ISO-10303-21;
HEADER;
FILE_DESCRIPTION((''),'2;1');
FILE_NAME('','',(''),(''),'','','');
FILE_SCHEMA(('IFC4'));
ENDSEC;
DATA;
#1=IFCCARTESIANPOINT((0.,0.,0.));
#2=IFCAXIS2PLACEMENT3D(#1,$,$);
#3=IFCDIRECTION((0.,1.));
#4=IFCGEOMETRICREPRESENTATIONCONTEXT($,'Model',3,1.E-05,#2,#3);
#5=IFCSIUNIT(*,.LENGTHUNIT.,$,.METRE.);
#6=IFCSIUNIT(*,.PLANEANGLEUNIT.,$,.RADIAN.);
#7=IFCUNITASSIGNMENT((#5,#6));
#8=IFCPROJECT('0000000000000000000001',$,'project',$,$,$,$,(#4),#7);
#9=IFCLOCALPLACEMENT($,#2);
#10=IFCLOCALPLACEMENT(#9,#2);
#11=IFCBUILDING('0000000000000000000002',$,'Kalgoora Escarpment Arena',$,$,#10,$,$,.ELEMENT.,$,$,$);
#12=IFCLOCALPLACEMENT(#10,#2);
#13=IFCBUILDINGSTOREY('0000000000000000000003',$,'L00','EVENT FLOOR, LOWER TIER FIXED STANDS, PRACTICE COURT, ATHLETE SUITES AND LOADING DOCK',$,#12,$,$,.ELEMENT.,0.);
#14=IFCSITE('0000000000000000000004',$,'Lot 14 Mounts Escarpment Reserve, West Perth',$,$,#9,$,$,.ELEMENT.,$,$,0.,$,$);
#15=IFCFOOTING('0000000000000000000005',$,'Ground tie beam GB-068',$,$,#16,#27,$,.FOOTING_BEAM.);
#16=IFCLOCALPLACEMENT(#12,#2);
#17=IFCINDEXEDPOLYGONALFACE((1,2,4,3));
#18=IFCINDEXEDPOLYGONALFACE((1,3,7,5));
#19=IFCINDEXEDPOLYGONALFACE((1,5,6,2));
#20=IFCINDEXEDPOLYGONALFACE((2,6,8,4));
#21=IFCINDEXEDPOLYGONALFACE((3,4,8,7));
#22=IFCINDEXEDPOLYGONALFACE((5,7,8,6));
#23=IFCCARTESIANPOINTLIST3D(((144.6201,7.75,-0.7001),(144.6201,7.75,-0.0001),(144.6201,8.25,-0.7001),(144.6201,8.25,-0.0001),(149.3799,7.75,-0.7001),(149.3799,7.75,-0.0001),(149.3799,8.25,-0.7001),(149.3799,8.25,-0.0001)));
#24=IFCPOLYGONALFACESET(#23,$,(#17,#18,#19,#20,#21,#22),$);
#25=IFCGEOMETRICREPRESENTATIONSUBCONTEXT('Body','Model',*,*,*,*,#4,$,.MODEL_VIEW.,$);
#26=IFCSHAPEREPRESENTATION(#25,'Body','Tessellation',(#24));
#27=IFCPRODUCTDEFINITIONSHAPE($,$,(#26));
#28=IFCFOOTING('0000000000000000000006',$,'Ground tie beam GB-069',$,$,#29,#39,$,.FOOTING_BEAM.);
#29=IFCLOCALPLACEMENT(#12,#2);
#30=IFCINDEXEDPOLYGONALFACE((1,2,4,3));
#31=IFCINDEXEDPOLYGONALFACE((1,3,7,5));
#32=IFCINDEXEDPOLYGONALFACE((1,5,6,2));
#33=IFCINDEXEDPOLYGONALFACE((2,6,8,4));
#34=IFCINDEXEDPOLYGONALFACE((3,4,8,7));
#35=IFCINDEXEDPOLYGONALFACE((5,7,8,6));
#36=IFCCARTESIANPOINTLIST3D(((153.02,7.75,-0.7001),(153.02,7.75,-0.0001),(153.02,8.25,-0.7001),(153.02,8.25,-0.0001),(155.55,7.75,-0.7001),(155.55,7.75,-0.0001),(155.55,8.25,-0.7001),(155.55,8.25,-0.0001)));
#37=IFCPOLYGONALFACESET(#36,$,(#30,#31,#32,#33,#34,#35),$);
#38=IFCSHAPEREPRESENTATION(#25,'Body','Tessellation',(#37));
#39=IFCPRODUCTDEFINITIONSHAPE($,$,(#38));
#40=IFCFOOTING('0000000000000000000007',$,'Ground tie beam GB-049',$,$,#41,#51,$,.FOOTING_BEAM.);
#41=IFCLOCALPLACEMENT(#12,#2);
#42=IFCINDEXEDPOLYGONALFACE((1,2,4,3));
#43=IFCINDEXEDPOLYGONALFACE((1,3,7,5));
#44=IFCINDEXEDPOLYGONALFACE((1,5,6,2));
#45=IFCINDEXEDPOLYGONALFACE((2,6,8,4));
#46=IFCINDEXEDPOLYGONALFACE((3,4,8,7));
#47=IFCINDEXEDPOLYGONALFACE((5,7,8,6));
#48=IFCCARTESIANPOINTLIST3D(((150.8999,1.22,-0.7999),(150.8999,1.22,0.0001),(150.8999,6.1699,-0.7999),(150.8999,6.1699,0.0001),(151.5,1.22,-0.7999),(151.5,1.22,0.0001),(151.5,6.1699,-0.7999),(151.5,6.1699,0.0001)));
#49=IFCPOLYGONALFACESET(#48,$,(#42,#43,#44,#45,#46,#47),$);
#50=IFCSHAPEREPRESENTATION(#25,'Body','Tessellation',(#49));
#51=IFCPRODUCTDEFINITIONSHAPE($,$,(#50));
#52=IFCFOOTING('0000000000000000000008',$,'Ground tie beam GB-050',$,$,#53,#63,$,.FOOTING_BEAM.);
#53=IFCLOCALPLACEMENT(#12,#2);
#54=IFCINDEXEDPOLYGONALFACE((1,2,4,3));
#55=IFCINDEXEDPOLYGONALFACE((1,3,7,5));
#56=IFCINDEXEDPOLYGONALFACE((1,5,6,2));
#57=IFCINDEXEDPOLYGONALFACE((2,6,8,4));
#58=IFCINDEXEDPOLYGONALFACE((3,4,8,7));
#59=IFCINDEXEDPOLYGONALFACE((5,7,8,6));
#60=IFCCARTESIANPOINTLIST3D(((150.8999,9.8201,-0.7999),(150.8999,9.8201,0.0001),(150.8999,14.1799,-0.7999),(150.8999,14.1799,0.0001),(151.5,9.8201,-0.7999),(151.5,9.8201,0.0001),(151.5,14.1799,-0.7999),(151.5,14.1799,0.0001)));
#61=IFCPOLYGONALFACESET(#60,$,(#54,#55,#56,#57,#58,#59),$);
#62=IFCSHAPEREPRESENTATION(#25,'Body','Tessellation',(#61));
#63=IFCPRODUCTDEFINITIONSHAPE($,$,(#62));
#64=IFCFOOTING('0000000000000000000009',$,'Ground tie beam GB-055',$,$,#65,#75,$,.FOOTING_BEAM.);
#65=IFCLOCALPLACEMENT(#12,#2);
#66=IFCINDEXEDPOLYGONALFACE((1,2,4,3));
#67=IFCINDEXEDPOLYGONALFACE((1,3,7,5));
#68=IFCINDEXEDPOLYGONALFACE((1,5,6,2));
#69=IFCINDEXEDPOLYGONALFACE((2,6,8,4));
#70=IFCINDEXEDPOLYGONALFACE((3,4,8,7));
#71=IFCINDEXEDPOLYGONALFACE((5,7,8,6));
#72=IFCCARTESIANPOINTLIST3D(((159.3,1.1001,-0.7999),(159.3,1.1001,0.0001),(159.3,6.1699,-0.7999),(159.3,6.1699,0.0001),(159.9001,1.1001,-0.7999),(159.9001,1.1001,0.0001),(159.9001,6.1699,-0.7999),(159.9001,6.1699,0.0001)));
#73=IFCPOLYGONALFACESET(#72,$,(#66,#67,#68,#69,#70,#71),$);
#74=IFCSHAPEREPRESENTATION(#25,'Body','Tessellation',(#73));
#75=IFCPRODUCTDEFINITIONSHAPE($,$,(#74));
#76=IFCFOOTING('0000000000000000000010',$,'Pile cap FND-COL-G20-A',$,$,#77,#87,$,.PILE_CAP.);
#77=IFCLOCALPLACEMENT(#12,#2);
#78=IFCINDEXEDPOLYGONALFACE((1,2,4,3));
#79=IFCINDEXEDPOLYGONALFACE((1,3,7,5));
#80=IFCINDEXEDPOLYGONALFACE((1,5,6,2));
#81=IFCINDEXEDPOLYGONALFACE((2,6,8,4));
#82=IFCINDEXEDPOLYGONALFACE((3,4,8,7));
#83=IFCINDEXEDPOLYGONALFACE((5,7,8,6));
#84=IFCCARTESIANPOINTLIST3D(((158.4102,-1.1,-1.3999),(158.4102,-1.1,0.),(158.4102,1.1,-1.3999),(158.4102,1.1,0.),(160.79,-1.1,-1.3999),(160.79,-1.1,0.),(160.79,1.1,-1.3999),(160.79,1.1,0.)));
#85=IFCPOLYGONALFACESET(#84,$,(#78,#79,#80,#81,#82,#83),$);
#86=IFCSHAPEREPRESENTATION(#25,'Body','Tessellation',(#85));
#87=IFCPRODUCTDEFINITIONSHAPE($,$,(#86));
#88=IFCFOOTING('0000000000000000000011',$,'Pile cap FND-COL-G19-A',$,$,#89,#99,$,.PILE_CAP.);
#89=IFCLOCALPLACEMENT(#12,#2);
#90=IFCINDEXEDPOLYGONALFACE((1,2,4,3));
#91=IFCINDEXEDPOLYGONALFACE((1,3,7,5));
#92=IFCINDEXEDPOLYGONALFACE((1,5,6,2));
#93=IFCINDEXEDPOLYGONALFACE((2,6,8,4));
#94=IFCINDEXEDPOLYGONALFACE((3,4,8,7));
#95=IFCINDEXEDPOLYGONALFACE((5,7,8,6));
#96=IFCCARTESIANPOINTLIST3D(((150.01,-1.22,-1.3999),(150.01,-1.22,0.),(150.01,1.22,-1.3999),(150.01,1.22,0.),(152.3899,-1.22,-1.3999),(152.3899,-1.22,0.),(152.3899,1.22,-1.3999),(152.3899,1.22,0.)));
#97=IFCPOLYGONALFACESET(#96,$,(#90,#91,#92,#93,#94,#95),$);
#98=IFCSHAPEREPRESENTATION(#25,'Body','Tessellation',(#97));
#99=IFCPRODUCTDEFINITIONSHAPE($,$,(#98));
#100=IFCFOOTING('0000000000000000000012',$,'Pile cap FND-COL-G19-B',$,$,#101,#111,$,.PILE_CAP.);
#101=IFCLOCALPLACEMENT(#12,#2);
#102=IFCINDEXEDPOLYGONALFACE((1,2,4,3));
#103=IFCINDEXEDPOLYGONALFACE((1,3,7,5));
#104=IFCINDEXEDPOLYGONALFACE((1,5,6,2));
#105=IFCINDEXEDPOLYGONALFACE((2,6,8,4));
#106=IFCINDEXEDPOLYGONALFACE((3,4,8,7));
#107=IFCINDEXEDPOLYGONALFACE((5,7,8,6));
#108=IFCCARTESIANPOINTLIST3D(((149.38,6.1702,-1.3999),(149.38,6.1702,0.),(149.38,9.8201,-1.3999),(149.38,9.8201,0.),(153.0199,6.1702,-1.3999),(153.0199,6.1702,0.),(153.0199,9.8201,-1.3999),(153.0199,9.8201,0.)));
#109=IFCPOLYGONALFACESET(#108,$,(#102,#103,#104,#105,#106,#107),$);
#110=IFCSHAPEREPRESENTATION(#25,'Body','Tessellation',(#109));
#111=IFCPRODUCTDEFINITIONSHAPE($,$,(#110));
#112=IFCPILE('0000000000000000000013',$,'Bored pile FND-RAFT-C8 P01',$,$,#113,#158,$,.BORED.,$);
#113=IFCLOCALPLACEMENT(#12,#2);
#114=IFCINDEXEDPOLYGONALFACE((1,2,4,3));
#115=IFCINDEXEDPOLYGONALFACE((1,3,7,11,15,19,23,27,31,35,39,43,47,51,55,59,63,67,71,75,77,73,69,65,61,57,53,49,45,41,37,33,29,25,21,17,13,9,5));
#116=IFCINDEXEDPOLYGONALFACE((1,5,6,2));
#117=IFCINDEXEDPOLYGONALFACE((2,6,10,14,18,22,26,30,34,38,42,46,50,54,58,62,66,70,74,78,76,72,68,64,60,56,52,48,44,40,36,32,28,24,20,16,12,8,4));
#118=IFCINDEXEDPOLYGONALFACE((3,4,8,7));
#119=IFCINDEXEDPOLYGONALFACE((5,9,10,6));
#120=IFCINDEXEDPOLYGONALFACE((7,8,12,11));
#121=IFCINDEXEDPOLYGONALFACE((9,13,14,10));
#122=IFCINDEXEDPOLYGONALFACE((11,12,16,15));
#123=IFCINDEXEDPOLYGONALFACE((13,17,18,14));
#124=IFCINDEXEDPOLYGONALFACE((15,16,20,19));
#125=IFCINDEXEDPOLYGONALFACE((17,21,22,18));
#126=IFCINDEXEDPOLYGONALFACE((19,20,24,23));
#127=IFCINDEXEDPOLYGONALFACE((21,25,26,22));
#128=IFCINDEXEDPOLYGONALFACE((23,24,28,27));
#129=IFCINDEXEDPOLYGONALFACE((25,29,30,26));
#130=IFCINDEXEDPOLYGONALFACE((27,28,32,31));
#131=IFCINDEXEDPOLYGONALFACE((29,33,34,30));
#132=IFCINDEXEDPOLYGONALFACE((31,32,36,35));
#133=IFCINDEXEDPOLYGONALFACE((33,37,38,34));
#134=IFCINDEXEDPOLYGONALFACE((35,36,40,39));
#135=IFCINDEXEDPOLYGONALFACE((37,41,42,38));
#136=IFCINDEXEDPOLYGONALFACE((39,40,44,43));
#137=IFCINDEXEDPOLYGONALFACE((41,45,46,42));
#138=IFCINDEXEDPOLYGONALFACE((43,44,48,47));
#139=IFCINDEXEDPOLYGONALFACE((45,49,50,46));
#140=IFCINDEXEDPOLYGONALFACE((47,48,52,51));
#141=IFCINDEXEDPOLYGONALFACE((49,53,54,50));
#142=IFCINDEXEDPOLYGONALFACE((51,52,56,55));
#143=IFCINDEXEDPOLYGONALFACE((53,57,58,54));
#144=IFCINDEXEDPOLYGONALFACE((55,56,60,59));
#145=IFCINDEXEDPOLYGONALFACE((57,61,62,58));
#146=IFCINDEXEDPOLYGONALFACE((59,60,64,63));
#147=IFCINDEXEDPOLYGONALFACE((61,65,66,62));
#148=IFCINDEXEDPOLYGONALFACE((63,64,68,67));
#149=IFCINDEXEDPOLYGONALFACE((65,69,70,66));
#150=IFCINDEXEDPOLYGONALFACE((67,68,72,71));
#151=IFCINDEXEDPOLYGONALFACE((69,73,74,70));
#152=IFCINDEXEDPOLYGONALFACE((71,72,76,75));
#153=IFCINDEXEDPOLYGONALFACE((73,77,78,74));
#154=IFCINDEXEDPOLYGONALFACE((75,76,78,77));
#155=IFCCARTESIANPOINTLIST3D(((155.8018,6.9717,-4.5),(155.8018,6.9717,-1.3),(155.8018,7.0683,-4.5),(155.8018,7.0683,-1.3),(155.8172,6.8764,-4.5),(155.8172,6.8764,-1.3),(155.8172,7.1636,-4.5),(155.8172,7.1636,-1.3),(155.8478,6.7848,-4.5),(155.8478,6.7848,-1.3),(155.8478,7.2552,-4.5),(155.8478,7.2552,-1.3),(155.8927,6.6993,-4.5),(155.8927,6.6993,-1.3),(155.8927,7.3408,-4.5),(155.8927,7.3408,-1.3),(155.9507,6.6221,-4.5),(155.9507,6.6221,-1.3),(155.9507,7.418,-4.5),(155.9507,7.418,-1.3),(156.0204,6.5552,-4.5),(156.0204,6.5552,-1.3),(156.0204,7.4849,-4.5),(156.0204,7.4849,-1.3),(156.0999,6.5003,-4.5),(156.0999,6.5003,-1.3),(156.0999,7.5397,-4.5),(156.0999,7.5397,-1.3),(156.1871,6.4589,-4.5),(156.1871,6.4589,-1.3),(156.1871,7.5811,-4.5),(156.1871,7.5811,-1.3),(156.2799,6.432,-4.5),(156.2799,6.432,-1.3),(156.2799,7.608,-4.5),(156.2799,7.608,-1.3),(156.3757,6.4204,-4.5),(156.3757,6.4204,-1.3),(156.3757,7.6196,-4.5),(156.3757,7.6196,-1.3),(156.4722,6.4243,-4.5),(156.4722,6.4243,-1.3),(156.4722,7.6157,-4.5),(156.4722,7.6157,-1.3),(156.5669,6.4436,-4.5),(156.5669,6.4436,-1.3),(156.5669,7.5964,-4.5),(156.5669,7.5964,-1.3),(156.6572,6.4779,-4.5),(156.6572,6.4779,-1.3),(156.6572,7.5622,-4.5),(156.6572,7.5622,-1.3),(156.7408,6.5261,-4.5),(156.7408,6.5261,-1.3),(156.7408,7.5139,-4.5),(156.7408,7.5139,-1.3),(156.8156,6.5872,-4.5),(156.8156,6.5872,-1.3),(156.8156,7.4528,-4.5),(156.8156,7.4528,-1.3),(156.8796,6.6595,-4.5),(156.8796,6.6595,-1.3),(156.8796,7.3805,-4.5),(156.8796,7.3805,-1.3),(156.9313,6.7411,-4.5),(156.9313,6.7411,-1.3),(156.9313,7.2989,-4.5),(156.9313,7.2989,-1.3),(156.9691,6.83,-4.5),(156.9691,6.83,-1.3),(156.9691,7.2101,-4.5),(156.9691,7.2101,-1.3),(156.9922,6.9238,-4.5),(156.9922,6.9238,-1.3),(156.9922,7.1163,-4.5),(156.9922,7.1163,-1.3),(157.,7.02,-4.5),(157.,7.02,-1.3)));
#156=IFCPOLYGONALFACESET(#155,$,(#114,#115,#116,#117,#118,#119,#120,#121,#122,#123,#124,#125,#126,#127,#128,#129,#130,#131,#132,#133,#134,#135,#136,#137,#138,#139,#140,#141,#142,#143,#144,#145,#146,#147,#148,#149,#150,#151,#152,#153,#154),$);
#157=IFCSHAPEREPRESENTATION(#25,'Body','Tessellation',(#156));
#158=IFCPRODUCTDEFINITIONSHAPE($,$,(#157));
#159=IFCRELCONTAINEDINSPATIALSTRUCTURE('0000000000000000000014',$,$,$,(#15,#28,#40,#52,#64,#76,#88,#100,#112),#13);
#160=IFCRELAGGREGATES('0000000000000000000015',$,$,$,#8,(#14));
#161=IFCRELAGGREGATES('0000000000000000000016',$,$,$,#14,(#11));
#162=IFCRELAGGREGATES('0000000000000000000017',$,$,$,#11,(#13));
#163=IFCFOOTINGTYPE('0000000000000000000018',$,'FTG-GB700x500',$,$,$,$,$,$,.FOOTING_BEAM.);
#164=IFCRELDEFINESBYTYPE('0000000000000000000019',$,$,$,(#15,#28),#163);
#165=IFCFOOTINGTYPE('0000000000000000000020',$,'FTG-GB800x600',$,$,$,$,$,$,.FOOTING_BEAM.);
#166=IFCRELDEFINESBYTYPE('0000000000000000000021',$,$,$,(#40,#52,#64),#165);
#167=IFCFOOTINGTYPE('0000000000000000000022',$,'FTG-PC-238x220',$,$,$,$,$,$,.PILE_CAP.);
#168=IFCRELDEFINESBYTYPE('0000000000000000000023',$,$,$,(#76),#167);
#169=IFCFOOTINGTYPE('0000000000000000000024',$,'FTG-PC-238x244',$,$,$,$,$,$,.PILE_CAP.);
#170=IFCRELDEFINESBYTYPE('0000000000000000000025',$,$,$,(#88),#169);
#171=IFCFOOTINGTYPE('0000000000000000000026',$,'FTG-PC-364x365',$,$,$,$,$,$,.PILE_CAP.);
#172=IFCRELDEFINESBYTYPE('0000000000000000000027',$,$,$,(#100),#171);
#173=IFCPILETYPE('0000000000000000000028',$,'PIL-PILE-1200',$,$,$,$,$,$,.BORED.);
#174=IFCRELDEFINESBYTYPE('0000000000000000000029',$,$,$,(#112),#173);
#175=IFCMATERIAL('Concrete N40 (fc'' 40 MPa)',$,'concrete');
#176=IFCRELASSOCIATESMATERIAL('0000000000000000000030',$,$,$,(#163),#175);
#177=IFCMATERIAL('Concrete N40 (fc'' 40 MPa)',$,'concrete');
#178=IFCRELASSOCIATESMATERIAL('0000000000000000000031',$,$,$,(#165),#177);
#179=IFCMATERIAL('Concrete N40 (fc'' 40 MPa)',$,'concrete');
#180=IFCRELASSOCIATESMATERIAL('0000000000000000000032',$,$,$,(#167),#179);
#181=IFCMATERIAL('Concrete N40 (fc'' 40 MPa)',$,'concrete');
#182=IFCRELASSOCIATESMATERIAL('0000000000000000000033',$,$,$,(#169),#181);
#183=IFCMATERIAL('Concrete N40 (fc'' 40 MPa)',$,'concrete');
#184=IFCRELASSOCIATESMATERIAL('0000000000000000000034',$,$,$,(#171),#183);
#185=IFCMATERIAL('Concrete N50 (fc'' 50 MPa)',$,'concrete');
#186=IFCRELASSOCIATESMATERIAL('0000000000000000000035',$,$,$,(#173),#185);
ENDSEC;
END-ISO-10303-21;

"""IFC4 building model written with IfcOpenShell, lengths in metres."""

from ifc_helpers import new_model, si_unit, direction, frame, origin, origin_2d, place, context, subcontext, project, spatial, rectangle, circle, extrude, material, material_profile, profile_set, type_object, element, save


model = new_model("IFC4")

# Units and contexts
model_context = context("Model", 3, precision=1e-05, world=origin(), true_north=direction((0.0, 1.0)))
body_context = subcontext(model_context, "Body", "Model", "MODEL_VIEW")
ifc_project = project(units=[si_unit("LENGTHUNIT", "METRE"), si_unit("PLANEANGLEUNIT", "RADIAN")], contexts=[model_context])

# Site, building, storey
site_placement = place(None, origin())
site = spatial("IfcSite", under=ifc_project, at=site_placement, Name="Lot 14 Mounts Escarpment Reserve, West Perth", CompositionType="ELEMENT", RefElevation=0.0)
building_placement = place(site_placement, origin())
building = spatial("IfcBuilding", under=site, at=building_placement, Name="Kalgoora Escarpment Arena", CompositionType="ELEMENT")
storey_placement = place(building_placement, origin())
storey = spatial("IfcBuildingStorey", under=building, at=storey_placement, Name="L00", Description="EVENT FLOOR, LOWER TIER FIXED STANDS, PRACTICE COURT, ATHLETE SUITES AND LOADING DOCK", CompositionType="ELEMENT", Elevation=0.0)

# Footings
ifc_material_1 = material(Name="Concrete N40 (fc' 40 MPa)", Category="concrete")
ifc_material_profile_1 = material_profile(ifc_material_1, rectangle(XDim=0.5, YDim=0.7, at=origin_2d()))
ifc_profile_set_1 = profile_set([ifc_material_profile_1], Name="Concrete N40 (fc' 40 MPa)")
footing_type_1 = type_object("IfcFootingType", Name="FTG-GB700x500", PredefinedType="FOOTING_BEAM", material=ifc_profile_set_1)
footing_1_placement = place(storey_placement, frame((144.6201, 8.0, -0.3501), z_axis=(1.0, 0.0, 0.0), x_axis=(0.0, 1.0, 0.0)))
element("IfcFooting", 1, at=footing_1_placement, inside=storey, type_object=footing_type_1, Name="Ground tie beam GB-068", PredefinedType="FOOTING_BEAM", context=body_context, shape_type="SweptSolid", body=[
    extrude(rectangle(XDim=0.5, YDim=0.7, at=origin_2d()), origin(), (0.0, 0.0, 1.0), 4.7598),
])
footing_2_placement = place(storey_placement, frame((153.02, 8.0, -0.3501), z_axis=(1.0, 0.0, 0.0), x_axis=(0.0, 1.0, 0.0)))
element("IfcFooting", 2, at=footing_2_placement, inside=storey, type_object=footing_type_1, Name="Ground tie beam GB-069", PredefinedType="FOOTING_BEAM", context=body_context, shape_type="SweptSolid", body=[
    extrude(rectangle(XDim=0.5, YDim=0.7, at=origin_2d()), origin(), (0.0, 0.0, 1.0), 2.53),
])
ifc_material_2 = material(Name="Concrete N40 (fc' 40 MPa)", Category="concrete")
ifc_material_profile_2 = material_profile(ifc_material_2, rectangle(XDim=0.6001, YDim=0.8, at=origin_2d()))
ifc_profile_set_2 = profile_set([ifc_material_profile_2], Name="Concrete N40 (fc' 40 MPa)")
footing_type_2 = type_object("IfcFootingType", Name="FTG-GB800x600", PredefinedType="FOOTING_BEAM", material=ifc_profile_set_2)
footing_3_placement = place(storey_placement, frame((151.2, 1.22, -0.3999), z_axis=(0.0, 1.0, 0.0), x_axis=(-1.0, 0.0, 0.0)))
element("IfcFooting", 3, at=footing_3_placement, inside=storey, type_object=footing_type_2, Name="Ground tie beam GB-049", PredefinedType="FOOTING_BEAM", context=body_context, shape_type="SweptSolid", body=[
    extrude(rectangle(XDim=0.6001, YDim=0.8, at=origin_2d()), origin(), (0.0, 0.0, 1.0), 4.95),
])
footing_4_placement = place(storey_placement, frame((151.2, 9.8201, -0.3999), z_axis=(0.0, 1.0, 0.0), x_axis=(-1.0, 0.0, 0.0)))
element("IfcFooting", 4, at=footing_4_placement, inside=storey, type_object=footing_type_2, Name="Ground tie beam GB-050", PredefinedType="FOOTING_BEAM", context=body_context, shape_type="SweptSolid", body=[
    extrude(rectangle(XDim=0.6001, YDim=0.8, at=origin_2d()), origin(), (0.0, 0.0, 1.0), 4.3599),
])
footing_5_placement = place(storey_placement, frame((159.6001, 1.1001, -0.3999), z_axis=(0.0, 1.0, 0.0), x_axis=(-1.0, 0.0, 0.0)))
element("IfcFooting", 5, at=footing_5_placement, inside=storey, type_object=footing_type_2, Name="Ground tie beam GB-055", PredefinedType="FOOTING_BEAM", context=body_context, shape_type="SweptSolid", body=[
    extrude(rectangle(XDim=0.6001, YDim=0.8, at=origin_2d()), origin(), (0.0, 0.0, 1.0), 5.0698),
])
ifc_material_3 = material(Name="Concrete N40 (fc' 40 MPa)", Category="concrete")
footing_type_3 = type_object("IfcFootingType", Name="FTG-PC-238x220", PredefinedType="PILE_CAP", material=ifc_material_3)
footing_6_placement = place(storey_placement, frame((159.6001, 0.0, -1.3999), z_axis=(0.0, 0.0, 1.0), x_axis=(1.0, 0.0, 0.0)))
element("IfcFooting", 6, at=footing_6_placement, inside=storey, type_object=footing_type_3, Name="Pile cap FND-COL-G20-A", PredefinedType="PILE_CAP", context=body_context, shape_type="SweptSolid", body=[
    extrude(rectangle(XDim=2.3799, YDim=2.2, at=origin_2d()), origin(), (0.0, 0.0, 1.0), 1.3999),
])
ifc_material_4 = material(Name="Concrete N40 (fc' 40 MPa)", Category="concrete")
footing_type_4 = type_object("IfcFootingType", Name="FTG-PC-238x244", PredefinedType="PILE_CAP", material=ifc_material_4)
footing_7_placement = place(storey_placement, frame((151.2, 0.0, -1.3999), z_axis=(0.0, 0.0, 1.0), x_axis=(1.0, 0.0, 0.0)))
element("IfcFooting", 7, at=footing_7_placement, inside=storey, type_object=footing_type_4, Name="Pile cap FND-COL-G19-A", PredefinedType="PILE_CAP", context=body_context, shape_type="SweptSolid", body=[
    extrude(rectangle(XDim=2.3799, YDim=2.4399, at=origin_2d()), origin(), (0.0, 0.0, 1.0), 1.3999),
])
ifc_material_5 = material(Name="Concrete N40 (fc' 40 MPa)", Category="concrete")
footing_type_5 = type_object("IfcFootingType", Name="FTG-PC-364x365", PredefinedType="PILE_CAP", material=ifc_material_5)
footing_8_placement = place(storey_placement, frame((151.2, 7.9951, -1.3999), z_axis=(0.0, 0.0, 1.0), x_axis=(1.0, 0.0, 0.0)))
element("IfcFooting", 8, at=footing_8_placement, inside=storey, type_object=footing_type_5, Name="Pile cap FND-COL-G19-B", PredefinedType="PILE_CAP", context=body_context, shape_type="SweptSolid", body=[
    extrude(rectangle(XDim=3.6399, YDim=3.6499, at=origin_2d()), origin(), (0.0, 0.0, 1.0), 1.3999),
])

# Pile
ifc_material_6 = material(Name="Concrete N50 (fc' 50 MPa)", Category="concrete")
ifc_material_profile_3 = material_profile(ifc_material_6, circle(Radius=0.6001, at=origin_2d()))
ifc_profile_set_3 = profile_set([ifc_material_profile_3], Name="Concrete N50 (fc' 50 MPa)")
pile_type_1 = type_object("IfcPileType", Name="PIL-PILE-1200", PredefinedType="BORED", material=ifc_profile_set_3)
for number, where, z_axis, x_axis, name in (
    (9, (156.3999, 7.02, -1.3), (0.0, 0.0, -1.0), (1.0, 0.0, 0.0), "Bored pile FND-RAFT-C8 P01"),
):
    element("IfcPile", number, at=place(storey_placement, frame(where, z_axis=z_axis, x_axis=x_axis)), inside=storey, type_object=pile_type_1, Name=name, PredefinedType="BORED", context=body_context, shape_type="SweptSolid", body=[
        extrude(circle(Radius=0.6001, at=origin_2d()), origin(), (0.0, 0.0, 1.0), 3.2),
    ])

save(model, "model.ifc")
